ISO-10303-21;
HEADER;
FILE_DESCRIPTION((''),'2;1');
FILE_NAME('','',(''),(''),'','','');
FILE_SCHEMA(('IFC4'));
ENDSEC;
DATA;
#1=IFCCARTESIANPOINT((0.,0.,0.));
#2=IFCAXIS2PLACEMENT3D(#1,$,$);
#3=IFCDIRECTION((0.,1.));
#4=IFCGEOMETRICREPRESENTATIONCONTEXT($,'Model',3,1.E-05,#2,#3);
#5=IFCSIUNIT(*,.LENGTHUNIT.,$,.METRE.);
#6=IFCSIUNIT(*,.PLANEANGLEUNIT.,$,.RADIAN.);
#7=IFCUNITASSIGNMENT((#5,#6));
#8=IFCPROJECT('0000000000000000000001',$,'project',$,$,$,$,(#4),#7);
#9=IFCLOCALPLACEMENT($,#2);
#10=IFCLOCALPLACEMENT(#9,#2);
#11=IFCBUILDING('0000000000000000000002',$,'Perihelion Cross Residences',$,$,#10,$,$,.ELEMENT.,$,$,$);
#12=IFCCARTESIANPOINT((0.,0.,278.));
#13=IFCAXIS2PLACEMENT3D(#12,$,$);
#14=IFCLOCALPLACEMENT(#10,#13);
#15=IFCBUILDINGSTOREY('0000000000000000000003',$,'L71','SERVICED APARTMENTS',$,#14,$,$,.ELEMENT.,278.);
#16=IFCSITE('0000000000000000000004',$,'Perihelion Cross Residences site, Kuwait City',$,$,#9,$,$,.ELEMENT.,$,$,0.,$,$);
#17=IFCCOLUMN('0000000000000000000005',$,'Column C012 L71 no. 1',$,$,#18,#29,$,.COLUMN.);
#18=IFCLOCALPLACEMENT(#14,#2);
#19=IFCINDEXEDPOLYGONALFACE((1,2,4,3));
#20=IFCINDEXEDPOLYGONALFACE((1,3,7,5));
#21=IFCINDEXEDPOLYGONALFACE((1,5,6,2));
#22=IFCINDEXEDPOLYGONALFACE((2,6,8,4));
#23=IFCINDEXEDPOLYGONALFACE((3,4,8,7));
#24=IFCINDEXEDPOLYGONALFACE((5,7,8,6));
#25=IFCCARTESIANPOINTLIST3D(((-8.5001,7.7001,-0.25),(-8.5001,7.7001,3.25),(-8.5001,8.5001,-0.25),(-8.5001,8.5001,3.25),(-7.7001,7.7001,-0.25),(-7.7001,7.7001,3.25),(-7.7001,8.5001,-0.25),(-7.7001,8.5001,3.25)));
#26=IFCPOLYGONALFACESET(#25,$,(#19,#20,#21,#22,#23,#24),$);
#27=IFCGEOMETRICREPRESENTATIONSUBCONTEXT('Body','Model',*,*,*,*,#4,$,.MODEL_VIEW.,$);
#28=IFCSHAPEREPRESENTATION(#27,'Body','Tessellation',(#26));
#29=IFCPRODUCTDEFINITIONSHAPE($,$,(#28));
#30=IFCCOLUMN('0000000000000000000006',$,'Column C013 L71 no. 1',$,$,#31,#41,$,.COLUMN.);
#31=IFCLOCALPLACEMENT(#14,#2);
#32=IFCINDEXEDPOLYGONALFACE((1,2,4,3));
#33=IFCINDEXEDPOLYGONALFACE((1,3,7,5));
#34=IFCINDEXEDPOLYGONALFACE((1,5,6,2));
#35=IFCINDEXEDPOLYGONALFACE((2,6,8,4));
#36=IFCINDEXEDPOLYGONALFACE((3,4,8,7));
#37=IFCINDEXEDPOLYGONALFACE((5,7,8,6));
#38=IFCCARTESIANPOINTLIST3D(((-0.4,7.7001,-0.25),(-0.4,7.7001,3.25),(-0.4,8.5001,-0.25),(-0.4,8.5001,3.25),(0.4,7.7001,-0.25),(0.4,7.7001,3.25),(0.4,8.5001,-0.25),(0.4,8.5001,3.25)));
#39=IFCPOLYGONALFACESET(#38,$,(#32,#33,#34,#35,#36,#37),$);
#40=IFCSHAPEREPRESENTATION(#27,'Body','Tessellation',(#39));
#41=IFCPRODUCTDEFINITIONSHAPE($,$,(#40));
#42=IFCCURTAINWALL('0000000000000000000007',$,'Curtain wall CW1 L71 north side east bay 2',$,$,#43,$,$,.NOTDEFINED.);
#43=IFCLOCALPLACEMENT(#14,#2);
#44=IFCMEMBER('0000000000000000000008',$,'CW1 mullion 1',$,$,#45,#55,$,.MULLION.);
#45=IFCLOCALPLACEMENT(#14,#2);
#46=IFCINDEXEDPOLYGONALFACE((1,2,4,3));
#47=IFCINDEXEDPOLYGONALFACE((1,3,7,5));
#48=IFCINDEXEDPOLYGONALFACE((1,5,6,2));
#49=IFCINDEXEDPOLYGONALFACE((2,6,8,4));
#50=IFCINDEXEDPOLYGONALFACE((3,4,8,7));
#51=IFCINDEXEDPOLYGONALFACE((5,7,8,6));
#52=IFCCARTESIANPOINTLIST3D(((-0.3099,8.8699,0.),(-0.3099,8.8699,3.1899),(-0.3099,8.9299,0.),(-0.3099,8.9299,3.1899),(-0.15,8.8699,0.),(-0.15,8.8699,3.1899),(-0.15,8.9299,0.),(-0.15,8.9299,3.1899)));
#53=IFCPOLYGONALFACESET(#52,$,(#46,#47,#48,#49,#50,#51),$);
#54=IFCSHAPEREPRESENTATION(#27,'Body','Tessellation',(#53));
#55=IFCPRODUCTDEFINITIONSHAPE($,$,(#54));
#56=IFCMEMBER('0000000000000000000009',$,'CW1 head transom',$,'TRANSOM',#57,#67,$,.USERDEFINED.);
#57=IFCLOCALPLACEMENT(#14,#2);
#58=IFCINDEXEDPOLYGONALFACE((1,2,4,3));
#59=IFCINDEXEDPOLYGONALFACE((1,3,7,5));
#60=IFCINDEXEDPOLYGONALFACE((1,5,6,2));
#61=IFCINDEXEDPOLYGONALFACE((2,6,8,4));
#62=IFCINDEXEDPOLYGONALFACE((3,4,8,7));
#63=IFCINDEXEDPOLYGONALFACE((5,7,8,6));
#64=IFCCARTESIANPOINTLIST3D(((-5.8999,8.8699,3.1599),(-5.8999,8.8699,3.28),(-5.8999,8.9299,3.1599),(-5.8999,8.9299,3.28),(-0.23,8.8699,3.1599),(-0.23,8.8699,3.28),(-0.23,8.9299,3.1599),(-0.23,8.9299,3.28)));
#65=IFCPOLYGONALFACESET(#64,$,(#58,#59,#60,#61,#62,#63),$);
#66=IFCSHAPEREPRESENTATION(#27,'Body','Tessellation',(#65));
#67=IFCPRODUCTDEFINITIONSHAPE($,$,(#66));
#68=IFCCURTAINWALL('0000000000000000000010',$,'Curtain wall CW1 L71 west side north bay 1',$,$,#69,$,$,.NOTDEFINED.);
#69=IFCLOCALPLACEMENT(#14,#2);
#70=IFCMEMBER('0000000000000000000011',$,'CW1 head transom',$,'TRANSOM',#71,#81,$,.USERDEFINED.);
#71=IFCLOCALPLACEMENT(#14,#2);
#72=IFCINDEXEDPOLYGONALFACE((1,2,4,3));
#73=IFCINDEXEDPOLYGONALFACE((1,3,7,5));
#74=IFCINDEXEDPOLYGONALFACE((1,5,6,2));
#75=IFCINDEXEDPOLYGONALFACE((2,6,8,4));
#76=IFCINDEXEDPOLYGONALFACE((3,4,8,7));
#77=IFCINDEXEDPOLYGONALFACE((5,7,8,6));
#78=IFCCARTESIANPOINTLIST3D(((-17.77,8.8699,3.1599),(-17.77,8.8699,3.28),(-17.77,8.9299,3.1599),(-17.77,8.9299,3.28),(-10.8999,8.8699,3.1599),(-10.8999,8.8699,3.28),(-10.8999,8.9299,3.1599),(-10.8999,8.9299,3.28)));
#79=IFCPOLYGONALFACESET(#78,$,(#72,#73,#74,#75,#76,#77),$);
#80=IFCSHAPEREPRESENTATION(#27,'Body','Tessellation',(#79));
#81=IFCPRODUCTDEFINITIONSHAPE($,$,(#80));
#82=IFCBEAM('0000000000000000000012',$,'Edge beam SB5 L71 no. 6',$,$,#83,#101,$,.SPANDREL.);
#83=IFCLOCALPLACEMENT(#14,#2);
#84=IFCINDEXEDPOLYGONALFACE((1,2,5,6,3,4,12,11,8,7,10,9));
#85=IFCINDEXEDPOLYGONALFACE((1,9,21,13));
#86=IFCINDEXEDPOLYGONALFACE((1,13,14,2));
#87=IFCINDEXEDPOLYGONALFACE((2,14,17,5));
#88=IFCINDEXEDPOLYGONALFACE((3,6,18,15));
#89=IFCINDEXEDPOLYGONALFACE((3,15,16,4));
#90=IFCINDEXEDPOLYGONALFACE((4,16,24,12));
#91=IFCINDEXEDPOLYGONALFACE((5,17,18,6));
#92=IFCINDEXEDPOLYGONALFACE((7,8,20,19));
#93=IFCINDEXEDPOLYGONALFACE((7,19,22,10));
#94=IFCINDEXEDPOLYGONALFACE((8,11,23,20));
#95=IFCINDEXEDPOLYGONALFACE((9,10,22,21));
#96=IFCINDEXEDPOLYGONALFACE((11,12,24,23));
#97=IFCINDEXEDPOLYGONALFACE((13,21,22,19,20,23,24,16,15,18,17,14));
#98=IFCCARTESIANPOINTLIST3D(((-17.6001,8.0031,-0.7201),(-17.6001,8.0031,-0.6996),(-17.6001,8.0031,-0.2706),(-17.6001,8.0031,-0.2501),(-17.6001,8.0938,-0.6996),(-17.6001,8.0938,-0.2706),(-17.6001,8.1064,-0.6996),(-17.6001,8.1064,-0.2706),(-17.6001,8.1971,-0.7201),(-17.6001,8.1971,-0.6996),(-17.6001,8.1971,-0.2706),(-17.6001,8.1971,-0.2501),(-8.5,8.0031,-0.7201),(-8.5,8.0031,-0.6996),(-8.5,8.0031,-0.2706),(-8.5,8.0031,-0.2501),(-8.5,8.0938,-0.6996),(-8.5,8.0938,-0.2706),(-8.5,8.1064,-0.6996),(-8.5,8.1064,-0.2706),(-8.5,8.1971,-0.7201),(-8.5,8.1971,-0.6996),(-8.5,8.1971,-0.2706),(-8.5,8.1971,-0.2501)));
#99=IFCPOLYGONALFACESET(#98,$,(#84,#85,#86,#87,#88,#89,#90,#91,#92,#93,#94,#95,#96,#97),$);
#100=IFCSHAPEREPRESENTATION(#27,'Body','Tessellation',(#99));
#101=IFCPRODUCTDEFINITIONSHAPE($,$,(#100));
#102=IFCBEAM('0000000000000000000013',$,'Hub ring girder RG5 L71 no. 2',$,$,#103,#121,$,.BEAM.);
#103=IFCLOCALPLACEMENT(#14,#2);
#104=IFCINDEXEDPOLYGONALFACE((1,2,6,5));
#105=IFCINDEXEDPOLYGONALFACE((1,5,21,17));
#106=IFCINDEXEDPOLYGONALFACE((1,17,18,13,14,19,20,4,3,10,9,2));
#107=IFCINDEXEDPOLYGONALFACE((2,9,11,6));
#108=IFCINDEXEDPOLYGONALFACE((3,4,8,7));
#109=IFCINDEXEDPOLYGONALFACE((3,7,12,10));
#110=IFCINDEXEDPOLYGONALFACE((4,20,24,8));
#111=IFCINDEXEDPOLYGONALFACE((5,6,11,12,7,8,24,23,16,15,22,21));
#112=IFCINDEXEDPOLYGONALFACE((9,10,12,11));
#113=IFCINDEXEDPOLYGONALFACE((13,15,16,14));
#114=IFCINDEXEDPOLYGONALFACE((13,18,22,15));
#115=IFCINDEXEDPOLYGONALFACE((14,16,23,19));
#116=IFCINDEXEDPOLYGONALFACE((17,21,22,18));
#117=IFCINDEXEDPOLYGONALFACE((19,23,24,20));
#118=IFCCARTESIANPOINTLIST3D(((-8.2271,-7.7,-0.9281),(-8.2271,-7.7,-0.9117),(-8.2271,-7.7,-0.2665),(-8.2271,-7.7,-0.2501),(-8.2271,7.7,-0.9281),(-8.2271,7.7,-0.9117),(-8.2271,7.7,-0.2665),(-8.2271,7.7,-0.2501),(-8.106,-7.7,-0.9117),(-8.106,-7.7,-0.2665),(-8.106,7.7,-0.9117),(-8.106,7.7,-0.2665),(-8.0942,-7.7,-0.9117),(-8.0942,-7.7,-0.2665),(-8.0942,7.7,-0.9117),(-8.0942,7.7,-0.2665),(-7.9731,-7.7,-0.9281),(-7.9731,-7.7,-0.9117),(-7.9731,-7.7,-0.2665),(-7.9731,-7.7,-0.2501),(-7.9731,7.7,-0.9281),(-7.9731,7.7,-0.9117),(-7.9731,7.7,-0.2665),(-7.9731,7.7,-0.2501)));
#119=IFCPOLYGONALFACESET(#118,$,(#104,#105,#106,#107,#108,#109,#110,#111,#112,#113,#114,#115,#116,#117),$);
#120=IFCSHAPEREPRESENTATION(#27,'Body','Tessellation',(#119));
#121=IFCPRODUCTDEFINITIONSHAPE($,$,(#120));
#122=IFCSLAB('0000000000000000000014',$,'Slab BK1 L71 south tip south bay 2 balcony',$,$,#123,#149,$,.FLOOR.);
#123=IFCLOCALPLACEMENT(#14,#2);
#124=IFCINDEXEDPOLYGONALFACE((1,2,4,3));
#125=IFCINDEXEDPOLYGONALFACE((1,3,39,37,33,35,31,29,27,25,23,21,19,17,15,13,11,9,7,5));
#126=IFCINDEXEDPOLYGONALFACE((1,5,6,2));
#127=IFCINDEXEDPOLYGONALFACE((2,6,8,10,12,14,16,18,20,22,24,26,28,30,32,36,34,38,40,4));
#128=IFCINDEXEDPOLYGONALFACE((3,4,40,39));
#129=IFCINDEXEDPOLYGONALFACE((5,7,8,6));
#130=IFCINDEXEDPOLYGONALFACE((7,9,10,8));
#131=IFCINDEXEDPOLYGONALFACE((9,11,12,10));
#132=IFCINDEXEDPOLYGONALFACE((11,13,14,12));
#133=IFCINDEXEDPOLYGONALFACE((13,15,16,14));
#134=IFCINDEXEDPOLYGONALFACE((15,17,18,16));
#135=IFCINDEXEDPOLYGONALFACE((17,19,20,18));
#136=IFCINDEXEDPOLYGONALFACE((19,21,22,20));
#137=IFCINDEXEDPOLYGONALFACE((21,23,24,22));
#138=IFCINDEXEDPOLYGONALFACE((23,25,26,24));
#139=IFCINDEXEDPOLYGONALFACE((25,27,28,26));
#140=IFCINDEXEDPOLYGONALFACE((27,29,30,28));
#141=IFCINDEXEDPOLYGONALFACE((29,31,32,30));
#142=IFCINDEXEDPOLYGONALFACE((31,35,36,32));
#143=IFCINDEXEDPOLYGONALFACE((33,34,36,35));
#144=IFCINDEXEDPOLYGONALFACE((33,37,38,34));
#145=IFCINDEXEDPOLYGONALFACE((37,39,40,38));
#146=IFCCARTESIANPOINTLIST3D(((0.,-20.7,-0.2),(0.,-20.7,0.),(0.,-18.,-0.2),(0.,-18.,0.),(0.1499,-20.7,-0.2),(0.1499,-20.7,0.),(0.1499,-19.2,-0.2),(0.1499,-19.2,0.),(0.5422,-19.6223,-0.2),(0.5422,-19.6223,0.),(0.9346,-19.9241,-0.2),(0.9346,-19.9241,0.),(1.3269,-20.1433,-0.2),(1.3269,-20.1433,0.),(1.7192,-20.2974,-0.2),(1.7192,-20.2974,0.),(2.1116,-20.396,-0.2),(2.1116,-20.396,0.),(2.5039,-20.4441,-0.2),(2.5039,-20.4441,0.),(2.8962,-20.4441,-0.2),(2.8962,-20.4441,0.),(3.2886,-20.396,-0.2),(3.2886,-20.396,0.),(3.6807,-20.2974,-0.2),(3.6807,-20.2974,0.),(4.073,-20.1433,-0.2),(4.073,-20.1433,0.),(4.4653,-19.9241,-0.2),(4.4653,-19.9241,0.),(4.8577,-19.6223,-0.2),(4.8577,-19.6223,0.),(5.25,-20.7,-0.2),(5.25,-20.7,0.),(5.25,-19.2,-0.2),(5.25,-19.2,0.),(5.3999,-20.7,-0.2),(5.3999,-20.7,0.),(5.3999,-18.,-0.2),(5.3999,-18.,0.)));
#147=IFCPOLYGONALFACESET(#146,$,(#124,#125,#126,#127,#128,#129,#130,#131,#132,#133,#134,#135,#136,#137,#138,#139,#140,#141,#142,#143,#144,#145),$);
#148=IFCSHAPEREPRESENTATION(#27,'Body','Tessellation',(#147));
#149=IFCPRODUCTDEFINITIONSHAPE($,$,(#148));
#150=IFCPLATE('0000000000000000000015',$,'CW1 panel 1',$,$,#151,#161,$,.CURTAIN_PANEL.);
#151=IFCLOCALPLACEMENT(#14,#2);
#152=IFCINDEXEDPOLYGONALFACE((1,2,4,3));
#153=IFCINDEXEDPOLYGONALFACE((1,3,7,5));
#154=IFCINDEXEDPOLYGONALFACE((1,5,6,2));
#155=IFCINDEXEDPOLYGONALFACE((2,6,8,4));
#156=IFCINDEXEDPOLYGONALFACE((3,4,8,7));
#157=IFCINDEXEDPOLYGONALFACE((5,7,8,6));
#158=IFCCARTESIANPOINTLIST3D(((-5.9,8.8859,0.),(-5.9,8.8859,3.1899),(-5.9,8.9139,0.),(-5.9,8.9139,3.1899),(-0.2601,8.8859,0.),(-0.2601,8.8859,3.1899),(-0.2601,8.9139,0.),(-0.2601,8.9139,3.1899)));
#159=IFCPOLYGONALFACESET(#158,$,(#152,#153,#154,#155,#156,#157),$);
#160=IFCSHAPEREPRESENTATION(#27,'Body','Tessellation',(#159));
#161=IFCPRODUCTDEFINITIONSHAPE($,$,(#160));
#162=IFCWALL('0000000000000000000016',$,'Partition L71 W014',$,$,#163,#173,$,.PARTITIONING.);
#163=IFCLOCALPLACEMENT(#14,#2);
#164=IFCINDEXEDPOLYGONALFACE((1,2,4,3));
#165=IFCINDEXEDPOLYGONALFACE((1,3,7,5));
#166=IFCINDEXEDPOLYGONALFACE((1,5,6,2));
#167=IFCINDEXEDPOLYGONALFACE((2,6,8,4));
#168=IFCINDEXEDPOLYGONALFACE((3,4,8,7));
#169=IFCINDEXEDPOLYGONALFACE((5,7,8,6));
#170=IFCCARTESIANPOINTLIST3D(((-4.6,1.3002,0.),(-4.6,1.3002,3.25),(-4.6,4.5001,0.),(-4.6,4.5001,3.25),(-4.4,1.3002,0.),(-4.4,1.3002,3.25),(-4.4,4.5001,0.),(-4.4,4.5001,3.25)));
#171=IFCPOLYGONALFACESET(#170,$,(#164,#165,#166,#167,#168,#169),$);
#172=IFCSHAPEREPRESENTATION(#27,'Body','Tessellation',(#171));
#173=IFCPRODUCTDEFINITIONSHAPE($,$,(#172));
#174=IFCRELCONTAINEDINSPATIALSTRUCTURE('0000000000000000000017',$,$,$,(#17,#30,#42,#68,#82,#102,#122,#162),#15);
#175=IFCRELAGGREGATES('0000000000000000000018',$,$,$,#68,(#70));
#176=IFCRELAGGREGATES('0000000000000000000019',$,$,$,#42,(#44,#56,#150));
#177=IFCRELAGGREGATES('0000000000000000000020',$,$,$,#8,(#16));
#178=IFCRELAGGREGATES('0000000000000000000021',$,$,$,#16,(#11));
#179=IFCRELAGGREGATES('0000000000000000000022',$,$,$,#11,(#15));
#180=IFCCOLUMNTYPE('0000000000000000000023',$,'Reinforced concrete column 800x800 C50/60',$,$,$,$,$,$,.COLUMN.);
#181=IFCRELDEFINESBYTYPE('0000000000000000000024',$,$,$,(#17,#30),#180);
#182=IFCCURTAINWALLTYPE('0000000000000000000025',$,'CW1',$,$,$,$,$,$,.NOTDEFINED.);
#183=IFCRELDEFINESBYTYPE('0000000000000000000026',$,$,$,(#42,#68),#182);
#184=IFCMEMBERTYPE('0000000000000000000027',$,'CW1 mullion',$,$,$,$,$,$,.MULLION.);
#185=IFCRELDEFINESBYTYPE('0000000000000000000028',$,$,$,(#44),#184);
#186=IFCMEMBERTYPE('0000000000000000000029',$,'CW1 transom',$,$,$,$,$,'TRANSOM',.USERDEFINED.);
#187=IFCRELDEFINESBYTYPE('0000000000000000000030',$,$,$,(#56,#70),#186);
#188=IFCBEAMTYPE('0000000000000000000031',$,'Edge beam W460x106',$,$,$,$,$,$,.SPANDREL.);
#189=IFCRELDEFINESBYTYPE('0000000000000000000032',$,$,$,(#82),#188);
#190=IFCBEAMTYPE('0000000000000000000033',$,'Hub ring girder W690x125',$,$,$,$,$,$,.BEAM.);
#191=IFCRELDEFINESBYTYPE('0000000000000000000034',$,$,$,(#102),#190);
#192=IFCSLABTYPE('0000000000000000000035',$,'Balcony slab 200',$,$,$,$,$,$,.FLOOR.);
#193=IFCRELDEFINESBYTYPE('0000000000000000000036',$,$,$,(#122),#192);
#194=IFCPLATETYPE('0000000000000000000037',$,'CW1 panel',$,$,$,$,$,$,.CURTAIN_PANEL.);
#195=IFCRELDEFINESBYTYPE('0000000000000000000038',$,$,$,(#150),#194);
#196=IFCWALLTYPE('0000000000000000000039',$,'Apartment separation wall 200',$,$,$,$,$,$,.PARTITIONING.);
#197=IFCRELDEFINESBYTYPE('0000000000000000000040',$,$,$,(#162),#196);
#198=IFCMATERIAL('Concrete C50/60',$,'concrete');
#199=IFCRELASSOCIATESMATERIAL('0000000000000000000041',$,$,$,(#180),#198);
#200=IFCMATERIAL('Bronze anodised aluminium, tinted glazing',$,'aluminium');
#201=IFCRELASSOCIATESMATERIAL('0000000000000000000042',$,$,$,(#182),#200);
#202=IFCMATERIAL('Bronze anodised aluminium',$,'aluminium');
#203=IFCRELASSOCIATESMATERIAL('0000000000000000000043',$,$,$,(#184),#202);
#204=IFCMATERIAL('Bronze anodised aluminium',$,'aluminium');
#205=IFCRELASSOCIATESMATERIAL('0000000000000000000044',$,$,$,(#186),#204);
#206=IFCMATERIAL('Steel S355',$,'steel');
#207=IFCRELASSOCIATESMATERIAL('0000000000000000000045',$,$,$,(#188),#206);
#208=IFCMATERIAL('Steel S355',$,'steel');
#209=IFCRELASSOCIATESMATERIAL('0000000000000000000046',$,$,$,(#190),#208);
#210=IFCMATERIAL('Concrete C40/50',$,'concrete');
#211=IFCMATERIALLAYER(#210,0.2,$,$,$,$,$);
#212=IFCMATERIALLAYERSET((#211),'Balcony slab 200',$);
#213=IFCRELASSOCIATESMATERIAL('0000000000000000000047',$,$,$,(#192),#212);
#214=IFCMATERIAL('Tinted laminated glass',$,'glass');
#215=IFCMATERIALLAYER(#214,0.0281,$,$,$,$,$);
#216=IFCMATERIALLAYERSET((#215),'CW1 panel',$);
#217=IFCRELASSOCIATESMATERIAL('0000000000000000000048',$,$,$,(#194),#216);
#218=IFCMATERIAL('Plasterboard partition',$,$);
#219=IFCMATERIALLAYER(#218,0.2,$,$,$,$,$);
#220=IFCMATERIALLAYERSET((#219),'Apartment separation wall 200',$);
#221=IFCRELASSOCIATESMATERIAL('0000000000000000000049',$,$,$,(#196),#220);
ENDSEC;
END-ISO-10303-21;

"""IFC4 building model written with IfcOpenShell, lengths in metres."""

from ifc_helpers import new_model, si_unit, direction, frame, frame_2d, origin, origin_2d, place, context, subcontext, project, spatial, polyline, rectangle, i_section, outline, extrude, material, layer, layer_set, material_profile, profile_set, type_object, element, aggregate, save


model = new_model("IFC4")

# Units and contexts
model_context = context("Model", 3, precision=1e-05, world=origin(), true_north=direction((0.0, 1.0)))
body_context = subcontext(model_context, "Body", "Model", "MODEL_VIEW")
ifc_project = project(units=[si_unit("LENGTHUNIT", "METRE"), si_unit("PLANEANGLEUNIT", "RADIAN")], contexts=[model_context])

# Site, building, storey
site_placement = place(None, origin())
site = spatial("IfcSite", under=ifc_project, at=site_placement, Name="Perihelion Cross Residences site, Kuwait City", CompositionType="ELEMENT", RefElevation=0.0)
building_placement = place(site_placement, origin())
building = spatial("IfcBuilding", under=site, at=building_placement, Name="Perihelion Cross Residences", CompositionType="ELEMENT")
storey_placement = place(building_placement, frame((0.0, 0.0, 278.0)))
storey = spatial("IfcBuildingStorey", under=building, at=storey_placement, Name="L71", Description="SERVICED APARTMENTS", CompositionType="ELEMENT", Elevation=278.0)

# Columns
ifc_material_1 = material(Name="Concrete C50/60", Category="concrete")
ifc_material_profile_1 = material_profile(ifc_material_1, rectangle(XDim=0.8, YDim=0.8, at=origin_2d()), Name="RC 800x800")
ifc_profile_set_1 = profile_set([ifc_material_profile_1], Name="Concrete C50/60")
column_type = type_object("IfcColumnType", Name="Reinforced concrete column 800x800 C50/60", PredefinedType="COLUMN", material=ifc_profile_set_1)
for number, where, z_axis, x_axis, name in (
    (1, (-8.1001, 8.1001, -0.25), (0.0, 0.0, 1.0), (1.0, 0.0, 0.0), "Column C012 L71 no. 1"),
    (2, (0.0, 8.1001, -0.25), (0.0, 0.0, 1.0), (1.0, 0.0, 0.0), "Column C013 L71 no. 1"),
):
    element("IfcColumn", number, at=place(storey_placement, frame(where, z_axis=z_axis, x_axis=x_axis)), inside=storey, type_object=column_type, Name=name, PredefinedType="COLUMN", context=body_context, shape_type="SweptSolid", body=[
        extrude(rectangle(XDim=0.8, YDim=0.8, at=origin_2d()), origin(), (0.0, 0.0, 1.0), 3.5),
    ])

# Curtain wall, members
ifc_material_2 = material(Name="Bronze anodised aluminium, tinted glazing", Category="aluminium")
curtain_wall_type = type_object("IfcCurtainWallType", Name="CW1", PredefinedType="NOTDEFINED", material=ifc_material_2)
curtain_wall_1_placement = place(storey_placement, origin())
curtain_wall_1 = element("IfcCurtainWall", 3, at=curtain_wall_1_placement, inside=storey, type_object=curtain_wall_type, Name="Curtain wall CW1 L71 north side east bay 2", PredefinedType="NOTDEFINED")
ifc_material_3 = material(Name="Bronze anodised aluminium", Category="aluminium")
ifc_material_profile_2 = material_profile(ifc_material_3, rectangle(XDim=0.0601, YDim=0.1599, at=origin_2d()), Name="CW1 mullion")
ifc_profile_set_2 = profile_set([ifc_material_profile_2], Name="Bronze anodised aluminium")
member_type_1 = type_object("IfcMemberType", Name="CW1 mullion", PredefinedType="MULLION", material=ifc_profile_set_2)
member_1_placement = place(storey_placement, frame((-0.23, 8.8999, 0.0), z_axis=(0.0, 0.0, 1.0), x_axis=(0.0, -1.0, 0.0)))
member_1 = element("IfcMember", 4, at=member_1_placement, type_object=member_type_1, Name="CW1 mullion 1", PredefinedType="MULLION", context=body_context, shape_type="SweptSolid", body=[
    extrude(rectangle(XDim=0.0601, YDim=0.1599, at=origin_2d()), origin(), (0.0, 0.0, 1.0), 3.1899),
])
ifc_material_4 = material(Name="Bronze anodised aluminium", Category="aluminium")
ifc_material_profile_3 = material_profile(ifc_material_4, rectangle(XDim=0.0601, YDim=0.1201, at=origin_2d()), Name="CW1 transom")
ifc_profile_set_3 = profile_set([ifc_material_profile_3], Name="Bronze anodised aluminium")
member_type_2 = type_object("IfcMemberType", Name="CW1 transom", ElementType="TRANSOM", PredefinedType="USERDEFINED", material=ifc_profile_set_3)
member_2_placement = place(storey_placement, frame((-0.23, 8.8999, 3.22), z_axis=(-1.0, 0.0, 0.0), x_axis=(0.0, -1.0, 0.0)))
member_2 = element("IfcMember", 5, at=member_2_placement, type_object=member_type_2, Name="CW1 head transom", ObjectType="TRANSOM", PredefinedType="USERDEFINED", context=body_context, shape_type="SweptSolid", body=[
    extrude(rectangle(XDim=0.0601, YDim=0.1201, at=origin_2d()), origin(), (0.0, 0.0, 1.0), 5.6699),
])

# Curtain wall, member
curtain_wall_2_placement = place(storey_placement, origin())
curtain_wall_2 = element("IfcCurtainWall", 6, at=curtain_wall_2_placement, inside=storey, type_object=curtain_wall_type, Name="Curtain wall CW1 L71 west side north bay 1", PredefinedType="NOTDEFINED")
member_3_placement = place(storey_placement, frame((-10.8999, 8.8999, 3.22), z_axis=(-1.0, 0.0, 0.0), x_axis=(0.0, -1.0, 0.0)))
member_3 = element("IfcMember", 7, at=member_3_placement, type_object=member_type_2, Name="CW1 head transom", ObjectType="TRANSOM", PredefinedType="USERDEFINED", context=body_context, shape_type="SweptSolid", body=[
    extrude(rectangle(XDim=0.0601, YDim=0.1201, at=origin_2d()), origin(), (0.0, 0.0, 1.0), 6.8701),
])
aggregate(curtain_wall_2, [member_3])

# Beams
ifc_material_5 = material(Name="Steel S355", Category="steel")
ifc_material_profile_4 = material_profile(ifc_material_5, i_section(OverallWidth=0.1941, OverallDepth=0.47, WebThickness=0.0127, FlangeThickness=0.0205, at=origin_2d()), Name="W460x106")
ifc_profile_set_4 = profile_set([ifc_material_profile_4], Name="Steel S355")
beam_type_1 = type_object("IfcBeamType", Name="Edge beam W460x106", PredefinedType="SPANDREL", material=ifc_profile_set_4)
beam_1_placement = place(storey_placement, frame((-8.5, 8.1001, -0.4851), z_axis=(-1.0, 0.0, 0.0), x_axis=(0.0, -1.0, 0.0)))
element("IfcBeam", 8, at=beam_1_placement, inside=storey, type_object=beam_type_1, Name="Edge beam SB5 L71 no. 6", PredefinedType="SPANDREL", context=body_context, shape_type="SweptSolid", body=[
    extrude(i_section(OverallWidth=0.1941, OverallDepth=0.47, WebThickness=0.0127, FlangeThickness=0.0205, at=origin_2d()), origin(), (0.0, 0.0, 1.0), 9.1001),
])
ifc_material_6 = material(Name="Steel S355", Category="steel")
ifc_material_profile_5 = material_profile(ifc_material_6, i_section(OverallWidth=0.2539, OverallDepth=0.678, WebThickness=0.0117, FlangeThickness=0.0164, at=origin_2d()), Name="W690x125")
ifc_profile_set_5 = profile_set([ifc_material_profile_5], Name="Steel S355")
beam_type_2 = type_object("IfcBeamType", Name="Hub ring girder W690x125", PredefinedType="BEAM", material=ifc_profile_set_5)
beam_2_placement = place(storey_placement, frame((-8.1001, 7.7, -0.5891), z_axis=(0.0, -1.0, 0.0), x_axis=(1.0, 0.0, 0.0)))
element("IfcBeam", 9, at=beam_2_placement, inside=storey, type_object=beam_type_2, Name="Hub ring girder RG5 L71 no. 2", PredefinedType="BEAM", context=body_context, shape_type="SweptSolid", body=[
    extrude(i_section(OverallWidth=0.2539, OverallDepth=0.678, WebThickness=0.0117, FlangeThickness=0.0164, at=origin_2d()), origin(), (0.0, 0.0, 1.0), 15.3999),
])

# Slab
ifc_material_7 = material(Name="Concrete C40/50", Category="concrete")
ifc_layer_1 = layer(ifc_material_7, 0.2)
ifc_layer_set_1 = layer_set([ifc_layer_1], Name="Balcony slab 200")
slab_type = type_object("IfcSlabType", Name="Balcony slab 200", PredefinedType="FLOOR", material=ifc_layer_set_1)
slab_placement = place(storey_placement, frame((0.0, 0.0, -0.2)))
element("IfcSlab", 10, at=slab_placement, inside=storey, type_object=slab_type, Name="Slab BK1 L71 south tip south bay 2 balcony", PredefinedType="FLOOR", context=body_context, shape_type="SweptSolid", body=[
    extrude(outline(polyline([(0.0, -18.0), (5.3999, -18.0), (5.3999, -20.7), (5.25, -20.7), (5.25, -19.2), (4.8577, -19.6223), (4.4653, -19.9241), (4.073, -20.1433), (3.6807, -20.2974), (3.2886, -20.396), (2.8962, -20.4441), (2.5039, -20.4441), (2.1116, -20.396), (1.7192, -20.2974), (1.3269, -20.1433), (0.9346, -19.9241), (0.5422, -19.6223), (0.1499, -19.2), (0.1499, -20.7), (0.0, -20.7), (0.0, -18.0)])), origin(), (0.0, 0.0, 1.0), 0.2),
])

# Plate
ifc_material_8 = material(Name="Tinted laminated glass", Category="glass")
ifc_layer_2 = layer(ifc_material_8, 0.0281)
ifc_layer_set_2 = layer_set([ifc_layer_2], Name="CW1 panel")
plate_type = type_object("IfcPlateType", Name="CW1 panel", PredefinedType="CURTAIN_PANEL", material=ifc_layer_set_2)
plate_placement = place(storey_placement, frame((-3.0801, 8.8999, 0.0), z_axis=(0.0, 0.0, 1.0), x_axis=(-1.0, 0.0, 0.0)))
plate = element("IfcPlate", 11, at=plate_placement, type_object=plate_type, Name="CW1 panel 1", PredefinedType="CURTAIN_PANEL", context=body_context, shape_type="SweptSolid", body=[
    extrude(rectangle(XDim=5.6399, YDim=0.0281, at=origin_2d()), origin(), (0.0, 0.0, 1.0), 3.1899),
])
aggregate(curtain_wall_1, [member_1, member_2, plate])

# Wall
ifc_material_9 = material(Name="Plasterboard partition")
ifc_layer_3 = layer(ifc_material_9, 0.2)
ifc_layer_set_3 = layer_set([ifc_layer_3], Name="Apartment separation wall 200")
wall_type_1 = type_object("IfcWallType", Name="Apartment separation wall 200", PredefinedType="PARTITIONING", material=ifc_layer_set_3)
wall_1_placement = place(storey_placement, frame((-4.5, 1.3, 0.0), z_axis=(0.0, 0.0, 1.0), x_axis=(0.0, 1.0, 0.0)))
element("IfcWall", 12, at=wall_1_placement, inside=storey, type_object=wall_type_1, Name="Partition L71 W014", PredefinedType="PARTITIONING", context=body_context, shape_type="SweptSolid", body=[
    extrude(rectangle(XDim=3.2, YDim=0.2, at=frame_2d((1.6001, 0.0))), origin(), (0.0, 0.0, 1.0), 3.25),
])

save(model, "model.ifc")
